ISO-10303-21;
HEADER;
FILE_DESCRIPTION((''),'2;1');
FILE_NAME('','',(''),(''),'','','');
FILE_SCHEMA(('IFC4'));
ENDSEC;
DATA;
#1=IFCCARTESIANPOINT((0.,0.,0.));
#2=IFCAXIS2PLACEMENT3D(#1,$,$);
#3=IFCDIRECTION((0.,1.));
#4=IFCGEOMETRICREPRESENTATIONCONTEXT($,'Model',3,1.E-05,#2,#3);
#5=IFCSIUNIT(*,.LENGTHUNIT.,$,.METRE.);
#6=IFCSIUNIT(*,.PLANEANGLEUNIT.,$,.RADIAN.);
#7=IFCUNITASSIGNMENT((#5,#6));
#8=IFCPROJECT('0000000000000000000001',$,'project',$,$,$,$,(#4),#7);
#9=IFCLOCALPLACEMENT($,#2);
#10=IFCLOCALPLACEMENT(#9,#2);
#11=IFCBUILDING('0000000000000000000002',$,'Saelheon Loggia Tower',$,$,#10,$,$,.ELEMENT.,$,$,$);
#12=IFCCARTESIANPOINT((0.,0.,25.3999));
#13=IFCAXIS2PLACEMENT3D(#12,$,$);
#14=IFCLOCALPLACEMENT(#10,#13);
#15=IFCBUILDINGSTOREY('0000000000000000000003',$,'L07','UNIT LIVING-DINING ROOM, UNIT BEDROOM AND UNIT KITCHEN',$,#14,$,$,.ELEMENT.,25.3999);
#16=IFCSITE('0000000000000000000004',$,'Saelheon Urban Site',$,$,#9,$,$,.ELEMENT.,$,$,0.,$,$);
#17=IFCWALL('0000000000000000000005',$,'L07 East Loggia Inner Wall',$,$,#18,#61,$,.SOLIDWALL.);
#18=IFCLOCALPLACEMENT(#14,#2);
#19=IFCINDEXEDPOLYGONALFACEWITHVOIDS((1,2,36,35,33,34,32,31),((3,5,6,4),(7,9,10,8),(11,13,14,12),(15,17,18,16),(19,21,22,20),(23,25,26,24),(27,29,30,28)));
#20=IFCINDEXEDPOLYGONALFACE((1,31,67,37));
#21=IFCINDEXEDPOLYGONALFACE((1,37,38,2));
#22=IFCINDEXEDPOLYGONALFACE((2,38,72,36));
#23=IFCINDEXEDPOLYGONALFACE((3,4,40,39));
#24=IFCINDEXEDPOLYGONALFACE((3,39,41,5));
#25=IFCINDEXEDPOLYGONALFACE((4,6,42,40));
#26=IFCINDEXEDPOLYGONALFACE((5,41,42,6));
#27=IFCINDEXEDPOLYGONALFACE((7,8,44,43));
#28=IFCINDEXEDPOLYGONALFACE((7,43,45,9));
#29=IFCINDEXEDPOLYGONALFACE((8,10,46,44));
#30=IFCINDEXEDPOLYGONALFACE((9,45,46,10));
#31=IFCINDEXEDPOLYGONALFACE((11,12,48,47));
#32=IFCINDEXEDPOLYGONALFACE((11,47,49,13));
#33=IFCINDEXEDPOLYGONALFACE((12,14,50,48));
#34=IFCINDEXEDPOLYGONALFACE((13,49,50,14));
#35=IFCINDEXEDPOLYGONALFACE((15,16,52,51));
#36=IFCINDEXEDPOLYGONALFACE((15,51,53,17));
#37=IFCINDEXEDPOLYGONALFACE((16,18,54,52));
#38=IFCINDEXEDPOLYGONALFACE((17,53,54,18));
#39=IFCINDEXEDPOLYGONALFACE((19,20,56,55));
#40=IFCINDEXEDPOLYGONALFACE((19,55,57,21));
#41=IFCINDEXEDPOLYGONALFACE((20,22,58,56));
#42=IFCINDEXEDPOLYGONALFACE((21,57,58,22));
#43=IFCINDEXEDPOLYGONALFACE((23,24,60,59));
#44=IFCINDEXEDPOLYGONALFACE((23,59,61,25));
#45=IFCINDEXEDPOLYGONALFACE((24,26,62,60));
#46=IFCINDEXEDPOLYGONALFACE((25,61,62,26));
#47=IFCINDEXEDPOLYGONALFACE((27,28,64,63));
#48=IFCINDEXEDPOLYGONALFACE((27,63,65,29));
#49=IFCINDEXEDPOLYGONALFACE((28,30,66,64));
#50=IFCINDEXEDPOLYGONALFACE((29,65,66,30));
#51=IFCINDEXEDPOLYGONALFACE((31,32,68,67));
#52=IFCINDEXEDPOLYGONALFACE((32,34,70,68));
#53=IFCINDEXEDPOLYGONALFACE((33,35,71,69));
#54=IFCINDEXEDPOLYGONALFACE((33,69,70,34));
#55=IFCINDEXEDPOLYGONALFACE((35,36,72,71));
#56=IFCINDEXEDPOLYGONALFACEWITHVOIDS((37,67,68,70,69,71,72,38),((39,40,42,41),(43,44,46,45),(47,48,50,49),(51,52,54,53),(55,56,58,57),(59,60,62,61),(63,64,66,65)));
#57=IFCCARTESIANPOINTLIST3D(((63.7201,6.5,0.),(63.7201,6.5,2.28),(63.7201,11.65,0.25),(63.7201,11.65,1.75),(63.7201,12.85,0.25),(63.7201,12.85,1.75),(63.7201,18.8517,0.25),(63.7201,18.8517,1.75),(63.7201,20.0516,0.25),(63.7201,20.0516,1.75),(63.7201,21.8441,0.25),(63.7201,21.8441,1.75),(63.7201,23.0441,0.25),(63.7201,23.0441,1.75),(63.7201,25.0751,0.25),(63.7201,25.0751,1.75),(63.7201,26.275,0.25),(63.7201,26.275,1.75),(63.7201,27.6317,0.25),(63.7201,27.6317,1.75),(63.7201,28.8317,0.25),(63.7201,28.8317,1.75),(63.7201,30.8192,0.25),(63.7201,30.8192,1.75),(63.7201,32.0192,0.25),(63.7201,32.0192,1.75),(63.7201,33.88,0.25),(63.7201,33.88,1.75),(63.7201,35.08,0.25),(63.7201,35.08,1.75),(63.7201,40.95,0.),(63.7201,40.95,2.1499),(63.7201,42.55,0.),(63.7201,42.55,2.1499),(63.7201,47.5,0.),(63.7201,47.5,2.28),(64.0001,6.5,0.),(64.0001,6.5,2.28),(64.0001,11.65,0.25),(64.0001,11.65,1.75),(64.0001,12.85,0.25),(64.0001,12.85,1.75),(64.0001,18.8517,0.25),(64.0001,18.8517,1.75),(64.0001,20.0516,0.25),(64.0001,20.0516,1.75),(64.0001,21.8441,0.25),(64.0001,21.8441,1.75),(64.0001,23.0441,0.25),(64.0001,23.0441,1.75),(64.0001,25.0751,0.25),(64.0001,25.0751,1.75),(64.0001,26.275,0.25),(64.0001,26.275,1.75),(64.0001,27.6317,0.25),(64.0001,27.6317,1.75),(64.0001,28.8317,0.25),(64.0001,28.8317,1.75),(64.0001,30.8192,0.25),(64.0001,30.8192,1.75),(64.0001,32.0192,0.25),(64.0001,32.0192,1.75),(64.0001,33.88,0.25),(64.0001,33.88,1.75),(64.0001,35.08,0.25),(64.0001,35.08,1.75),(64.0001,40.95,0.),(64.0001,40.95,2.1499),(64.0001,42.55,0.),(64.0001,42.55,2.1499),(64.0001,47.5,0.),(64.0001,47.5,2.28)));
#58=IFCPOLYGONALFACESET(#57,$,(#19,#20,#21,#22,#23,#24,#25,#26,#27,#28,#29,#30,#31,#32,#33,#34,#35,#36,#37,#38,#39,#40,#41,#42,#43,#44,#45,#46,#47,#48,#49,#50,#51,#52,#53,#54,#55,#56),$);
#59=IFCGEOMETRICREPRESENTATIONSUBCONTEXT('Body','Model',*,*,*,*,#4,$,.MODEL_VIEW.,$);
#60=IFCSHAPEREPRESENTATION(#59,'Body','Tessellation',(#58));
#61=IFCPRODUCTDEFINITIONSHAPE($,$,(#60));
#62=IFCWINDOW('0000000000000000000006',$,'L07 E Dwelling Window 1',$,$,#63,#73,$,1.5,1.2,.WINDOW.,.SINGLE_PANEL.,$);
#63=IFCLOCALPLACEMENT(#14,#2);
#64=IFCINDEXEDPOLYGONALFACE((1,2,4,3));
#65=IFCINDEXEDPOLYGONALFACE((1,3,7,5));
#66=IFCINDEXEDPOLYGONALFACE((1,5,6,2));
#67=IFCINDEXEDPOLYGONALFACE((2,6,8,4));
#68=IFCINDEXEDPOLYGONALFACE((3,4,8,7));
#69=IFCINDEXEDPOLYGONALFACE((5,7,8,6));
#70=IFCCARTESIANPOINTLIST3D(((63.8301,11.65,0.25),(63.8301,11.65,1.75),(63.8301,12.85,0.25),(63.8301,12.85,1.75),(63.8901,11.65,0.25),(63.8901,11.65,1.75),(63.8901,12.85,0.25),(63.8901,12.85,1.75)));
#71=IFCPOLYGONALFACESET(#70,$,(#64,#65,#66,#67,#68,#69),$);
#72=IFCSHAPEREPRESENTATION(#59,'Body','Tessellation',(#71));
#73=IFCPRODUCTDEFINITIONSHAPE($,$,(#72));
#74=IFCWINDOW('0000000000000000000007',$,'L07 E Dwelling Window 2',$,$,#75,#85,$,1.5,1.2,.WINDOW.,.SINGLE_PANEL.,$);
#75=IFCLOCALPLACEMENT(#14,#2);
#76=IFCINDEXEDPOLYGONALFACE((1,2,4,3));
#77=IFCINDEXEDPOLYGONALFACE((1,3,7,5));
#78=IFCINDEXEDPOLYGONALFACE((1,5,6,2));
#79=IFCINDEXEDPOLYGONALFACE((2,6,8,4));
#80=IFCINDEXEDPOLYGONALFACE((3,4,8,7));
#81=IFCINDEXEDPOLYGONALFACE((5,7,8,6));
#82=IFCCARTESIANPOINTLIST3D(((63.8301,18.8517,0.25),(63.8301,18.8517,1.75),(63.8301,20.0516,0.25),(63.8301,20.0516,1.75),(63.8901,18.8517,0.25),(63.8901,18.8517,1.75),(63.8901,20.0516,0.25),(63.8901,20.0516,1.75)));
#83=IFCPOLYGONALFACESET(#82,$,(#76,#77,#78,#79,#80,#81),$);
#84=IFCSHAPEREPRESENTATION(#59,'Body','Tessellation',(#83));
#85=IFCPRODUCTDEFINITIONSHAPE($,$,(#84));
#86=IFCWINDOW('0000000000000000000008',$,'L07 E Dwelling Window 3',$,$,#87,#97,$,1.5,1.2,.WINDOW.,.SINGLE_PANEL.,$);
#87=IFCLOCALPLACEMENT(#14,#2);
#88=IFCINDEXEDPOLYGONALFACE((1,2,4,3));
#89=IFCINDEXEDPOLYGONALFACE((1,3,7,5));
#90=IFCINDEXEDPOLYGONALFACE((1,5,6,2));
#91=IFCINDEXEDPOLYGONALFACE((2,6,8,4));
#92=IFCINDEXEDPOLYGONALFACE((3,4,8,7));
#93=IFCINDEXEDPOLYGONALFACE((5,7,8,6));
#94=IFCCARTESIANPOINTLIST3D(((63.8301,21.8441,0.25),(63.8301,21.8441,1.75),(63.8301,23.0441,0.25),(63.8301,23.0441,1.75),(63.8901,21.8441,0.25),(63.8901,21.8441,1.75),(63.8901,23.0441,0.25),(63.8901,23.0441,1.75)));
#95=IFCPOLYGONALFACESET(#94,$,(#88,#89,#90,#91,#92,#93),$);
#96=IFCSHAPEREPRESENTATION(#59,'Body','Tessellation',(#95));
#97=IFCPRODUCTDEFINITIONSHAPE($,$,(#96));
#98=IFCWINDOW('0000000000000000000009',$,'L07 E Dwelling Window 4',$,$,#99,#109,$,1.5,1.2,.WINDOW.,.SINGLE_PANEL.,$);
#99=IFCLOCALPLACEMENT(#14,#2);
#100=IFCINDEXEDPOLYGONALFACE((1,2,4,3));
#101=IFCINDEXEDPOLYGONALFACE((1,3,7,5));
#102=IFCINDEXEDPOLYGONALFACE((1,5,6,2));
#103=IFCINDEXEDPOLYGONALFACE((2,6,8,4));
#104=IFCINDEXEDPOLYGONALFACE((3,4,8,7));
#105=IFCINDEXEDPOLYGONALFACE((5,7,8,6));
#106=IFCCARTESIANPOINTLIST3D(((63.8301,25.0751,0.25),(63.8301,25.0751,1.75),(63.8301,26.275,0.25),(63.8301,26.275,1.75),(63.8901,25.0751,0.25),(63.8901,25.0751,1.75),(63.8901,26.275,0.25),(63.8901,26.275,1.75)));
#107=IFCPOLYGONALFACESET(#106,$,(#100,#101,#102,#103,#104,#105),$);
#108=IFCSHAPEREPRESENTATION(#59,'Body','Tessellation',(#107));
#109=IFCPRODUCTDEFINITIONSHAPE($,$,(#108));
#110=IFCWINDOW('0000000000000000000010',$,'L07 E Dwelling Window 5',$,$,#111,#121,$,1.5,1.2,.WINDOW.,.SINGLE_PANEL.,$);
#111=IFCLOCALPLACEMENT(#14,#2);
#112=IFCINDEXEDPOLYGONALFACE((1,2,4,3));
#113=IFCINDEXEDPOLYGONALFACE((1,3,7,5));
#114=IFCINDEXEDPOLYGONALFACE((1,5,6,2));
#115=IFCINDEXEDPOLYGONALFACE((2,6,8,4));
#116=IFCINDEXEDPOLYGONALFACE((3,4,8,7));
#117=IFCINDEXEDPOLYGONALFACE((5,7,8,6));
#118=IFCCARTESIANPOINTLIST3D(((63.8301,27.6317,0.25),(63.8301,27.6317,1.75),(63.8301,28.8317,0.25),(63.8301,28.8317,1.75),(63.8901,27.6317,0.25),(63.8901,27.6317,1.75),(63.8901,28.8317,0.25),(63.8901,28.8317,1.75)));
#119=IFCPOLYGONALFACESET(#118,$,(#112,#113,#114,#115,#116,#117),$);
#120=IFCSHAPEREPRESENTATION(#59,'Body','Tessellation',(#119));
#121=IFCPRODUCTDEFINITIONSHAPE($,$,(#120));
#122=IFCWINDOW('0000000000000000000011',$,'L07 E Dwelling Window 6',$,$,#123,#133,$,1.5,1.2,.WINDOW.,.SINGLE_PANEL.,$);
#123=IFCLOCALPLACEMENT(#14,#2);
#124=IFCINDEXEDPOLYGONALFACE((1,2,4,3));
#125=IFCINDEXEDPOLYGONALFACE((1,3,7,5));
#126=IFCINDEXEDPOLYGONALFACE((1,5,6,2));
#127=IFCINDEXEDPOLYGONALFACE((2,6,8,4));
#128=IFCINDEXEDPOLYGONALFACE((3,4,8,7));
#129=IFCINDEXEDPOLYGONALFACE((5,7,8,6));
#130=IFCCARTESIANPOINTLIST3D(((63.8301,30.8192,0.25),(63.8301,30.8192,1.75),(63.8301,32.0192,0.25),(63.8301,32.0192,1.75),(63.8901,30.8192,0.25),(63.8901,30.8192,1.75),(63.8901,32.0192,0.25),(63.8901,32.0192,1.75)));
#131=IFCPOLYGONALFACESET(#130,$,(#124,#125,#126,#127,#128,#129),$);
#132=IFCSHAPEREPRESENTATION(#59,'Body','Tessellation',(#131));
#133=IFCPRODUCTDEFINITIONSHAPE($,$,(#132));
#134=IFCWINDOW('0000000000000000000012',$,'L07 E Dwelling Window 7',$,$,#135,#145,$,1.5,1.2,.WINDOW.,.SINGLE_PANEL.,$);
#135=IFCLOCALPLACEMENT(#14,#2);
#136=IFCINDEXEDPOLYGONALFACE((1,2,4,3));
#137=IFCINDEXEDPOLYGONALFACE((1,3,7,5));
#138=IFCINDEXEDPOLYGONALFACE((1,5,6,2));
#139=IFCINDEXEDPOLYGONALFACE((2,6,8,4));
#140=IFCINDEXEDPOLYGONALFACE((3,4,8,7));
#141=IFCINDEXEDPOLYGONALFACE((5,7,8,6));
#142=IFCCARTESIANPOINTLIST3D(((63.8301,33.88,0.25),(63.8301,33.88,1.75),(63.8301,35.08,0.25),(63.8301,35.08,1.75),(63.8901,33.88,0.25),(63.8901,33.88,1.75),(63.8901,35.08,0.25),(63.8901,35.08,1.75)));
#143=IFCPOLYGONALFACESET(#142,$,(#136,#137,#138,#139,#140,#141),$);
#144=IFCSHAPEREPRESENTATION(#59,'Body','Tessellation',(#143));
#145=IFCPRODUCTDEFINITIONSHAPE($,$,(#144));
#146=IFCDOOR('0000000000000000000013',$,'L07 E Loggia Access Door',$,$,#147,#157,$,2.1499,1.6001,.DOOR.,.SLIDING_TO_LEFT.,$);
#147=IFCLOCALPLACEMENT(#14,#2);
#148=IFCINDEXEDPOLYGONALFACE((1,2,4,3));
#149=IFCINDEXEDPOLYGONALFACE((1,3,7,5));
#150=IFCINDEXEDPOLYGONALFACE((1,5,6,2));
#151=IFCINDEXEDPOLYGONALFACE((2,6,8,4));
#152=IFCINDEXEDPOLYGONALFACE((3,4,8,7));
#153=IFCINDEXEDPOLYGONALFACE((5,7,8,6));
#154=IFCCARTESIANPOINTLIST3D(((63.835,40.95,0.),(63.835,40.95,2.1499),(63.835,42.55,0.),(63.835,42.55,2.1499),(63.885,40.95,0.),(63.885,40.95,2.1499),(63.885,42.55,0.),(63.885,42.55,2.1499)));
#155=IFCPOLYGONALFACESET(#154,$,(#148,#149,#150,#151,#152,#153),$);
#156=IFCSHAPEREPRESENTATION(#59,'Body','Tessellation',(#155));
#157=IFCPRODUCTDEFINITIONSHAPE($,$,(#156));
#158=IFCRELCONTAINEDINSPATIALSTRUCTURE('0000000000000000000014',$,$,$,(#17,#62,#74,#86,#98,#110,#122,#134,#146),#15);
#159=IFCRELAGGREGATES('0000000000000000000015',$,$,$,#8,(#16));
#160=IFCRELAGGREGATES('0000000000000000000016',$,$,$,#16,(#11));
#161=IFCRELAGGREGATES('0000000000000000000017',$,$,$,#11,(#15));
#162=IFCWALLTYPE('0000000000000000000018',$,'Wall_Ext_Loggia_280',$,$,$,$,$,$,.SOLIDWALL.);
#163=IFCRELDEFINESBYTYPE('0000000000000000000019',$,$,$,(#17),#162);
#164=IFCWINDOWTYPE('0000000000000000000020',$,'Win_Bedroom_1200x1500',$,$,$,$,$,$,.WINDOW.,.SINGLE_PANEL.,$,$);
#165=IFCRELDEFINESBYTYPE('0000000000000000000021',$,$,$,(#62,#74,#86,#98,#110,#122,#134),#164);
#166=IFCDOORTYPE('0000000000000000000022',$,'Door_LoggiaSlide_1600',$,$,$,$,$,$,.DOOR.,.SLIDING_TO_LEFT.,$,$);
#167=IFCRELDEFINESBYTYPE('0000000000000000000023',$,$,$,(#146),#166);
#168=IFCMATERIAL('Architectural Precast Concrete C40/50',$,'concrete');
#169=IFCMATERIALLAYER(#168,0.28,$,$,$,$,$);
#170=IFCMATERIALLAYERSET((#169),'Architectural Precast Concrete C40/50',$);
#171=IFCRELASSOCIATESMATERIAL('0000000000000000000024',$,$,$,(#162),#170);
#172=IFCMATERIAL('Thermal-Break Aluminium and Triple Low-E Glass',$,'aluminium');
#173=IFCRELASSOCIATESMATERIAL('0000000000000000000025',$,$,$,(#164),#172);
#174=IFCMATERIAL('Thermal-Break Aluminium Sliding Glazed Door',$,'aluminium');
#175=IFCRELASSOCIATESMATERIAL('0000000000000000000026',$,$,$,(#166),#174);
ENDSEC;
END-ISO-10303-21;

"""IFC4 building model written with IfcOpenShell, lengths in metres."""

from ifc_helpers import new_model, si_unit, direction, frame, frame_2d, origin, place, context, subcontext, project, spatial, rectangle, extrude, source, transform, mapped, material, layer, layer_set, type_object, element, fill, save


model = new_model("IFC4")

# Units and contexts
model_context = context("Model", 3, precision=1e-05, world=origin(), true_north=direction((0.0, 1.0)))
body_context = subcontext(model_context, "Body", "Model", "MODEL_VIEW")
ifc_project = project(units=[si_unit("LENGTHUNIT", "METRE"), si_unit("PLANEANGLEUNIT", "RADIAN")], contexts=[model_context])

# Site, building, storey
site_placement = place(None, origin())
site = spatial("IfcSite", under=ifc_project, at=site_placement, Name="Saelheon Urban Site", CompositionType="ELEMENT", RefElevation=0.0)
building_placement = place(site_placement, origin())
building = spatial("IfcBuilding", under=site, at=building_placement, Name="Saelheon Loggia Tower", CompositionType="ELEMENT")
storey_placement = place(building_placement, frame((0.0, 0.0, 25.3999)))
storey = spatial("IfcBuildingStorey", under=building, at=storey_placement, Name="L07", Description="UNIT LIVING-DINING ROOM, UNIT BEDROOM AND UNIT KITCHEN", CompositionType="ELEMENT", Elevation=25.3999)

# Shared definitions
ifc_material_1 = material(Name="Thermal-Break Aluminium and Triple Low-E Glass", Category="aluminium")

# Wall, openings, windows, door
ifc_material_2 = material(Name="Architectural Precast Concrete C40/50", Category="concrete")
ifc_layer_1 = layer(ifc_material_2, 0.28)
ifc_layer_set_1 = layer_set([ifc_layer_1], Name="Architectural Precast Concrete C40/50")
wall_type_1 = type_object("IfcWallType", Name="Wall_Ext_Loggia_280", PredefinedType="SOLIDWALL", material=ifc_layer_set_1)
wall_1_placement = place(storey_placement, frame((63.8601, 6.5, 0.0), z_axis=(0.0, 0.0, 1.0), x_axis=(0.0, 1.0, 0.0)))
wall_1 = element("IfcWall", 1, at=wall_1_placement, inside=storey, type_object=wall_type_1, Name="L07 East Loggia Inner Wall", PredefinedType="SOLIDWALL", context=body_context, shape_type="SweptSolid", body=[
    extrude(rectangle(XDim=41.0, YDim=0.28, at=frame_2d((20.5, 0.0))), origin(), (0.0, 0.0, 1.0), 2.28),
])
opening_1_placement = place(wall_1_placement, frame((5.1499, 0.0, 0.25)))
opening_1 = element("IfcOpeningElement", 2, at=opening_1_placement, cuts=wall_1, PredefinedType="OPENING", context=body_context, shape_type="SweptSolid", body=[
    extrude(rectangle(XDim=1.2, YDim=1.5, at=frame_2d((0.6001, 0.75))), frame((0.0, 0.1521, 0.0), z_axis=(0.0, -1.0, 0.0), x_axis=(1.0, 0.0, 0.0)), (0.0, 0.0, 1.0), 0.304),
])
opening_2_placement = place(wall_1_placement, frame((12.3516, 0.0, 0.25)))
opening_2 = element("IfcOpeningElement", 3, at=opening_2_placement, cuts=wall_1, PredefinedType="OPENING", context=body_context, shape_type="SweptSolid", body=[
    extrude(rectangle(XDim=1.2, YDim=1.5, at=frame_2d((0.6001, 0.75))), frame((0.0, 0.1521, 0.0), z_axis=(0.0, -1.0, 0.0), x_axis=(1.0, 0.0, 0.0)), (0.0, 0.0, 1.0), 0.304),
])
opening_3_placement = place(wall_1_placement, frame((15.344, 0.0, 0.25)))
opening_3 = element("IfcOpeningElement", 4, at=opening_3_placement, cuts=wall_1, PredefinedType="OPENING", context=body_context, shape_type="SweptSolid", body=[
    extrude(rectangle(XDim=1.2, YDim=1.5, at=frame_2d((0.6001, 0.75))), frame((0.0, 0.1521, 0.0), z_axis=(0.0, -1.0, 0.0), x_axis=(1.0, 0.0, 0.0)), (0.0, 0.0, 1.0), 0.304),
])
opening_4_placement = place(wall_1_placement, frame((18.575, 0.0, 0.25)))
opening_4 = element("IfcOpeningElement", 5, at=opening_4_placement, cuts=wall_1, PredefinedType="OPENING", context=body_context, shape_type="SweptSolid", body=[
    extrude(rectangle(XDim=1.2, YDim=1.5, at=frame_2d((0.6001, 0.75))), frame((0.0, 0.1521, 0.0), z_axis=(0.0, -1.0, 0.0), x_axis=(1.0, 0.0, 0.0)), (0.0, 0.0, 1.0), 0.304),
])
opening_5_placement = place(wall_1_placement, frame((21.1316, 0.0, 0.25)))
opening_5 = element("IfcOpeningElement", 6, at=opening_5_placement, cuts=wall_1, PredefinedType="OPENING", context=body_context, shape_type="SweptSolid", body=[
    extrude(rectangle(XDim=1.2, YDim=1.5, at=frame_2d((0.6001, 0.75))), frame((0.0, 0.1521, 0.0), z_axis=(0.0, -1.0, 0.0), x_axis=(1.0, 0.0, 0.0)), (0.0, 0.0, 1.0), 0.304),
])
opening_6_placement = place(wall_1_placement, frame((24.3191, 0.0, 0.25)))
opening_6 = element("IfcOpeningElement", 7, at=opening_6_placement, cuts=wall_1, PredefinedType="OPENING", context=body_context, shape_type="SweptSolid", body=[
    extrude(rectangle(XDim=1.2, YDim=1.5, at=frame_2d((0.6001, 0.75))), frame((0.0, 0.1521, 0.0), z_axis=(0.0, -1.0, 0.0), x_axis=(1.0, 0.0, 0.0)), (0.0, 0.0, 1.0), 0.304),
])
opening_7_placement = place(wall_1_placement, frame((27.3799, 0.0, 0.25)))
opening_7 = element("IfcOpeningElement", 8, at=opening_7_placement, cuts=wall_1, PredefinedType="OPENING", context=body_context, shape_type="SweptSolid", body=[
    extrude(rectangle(XDim=1.2, YDim=1.5, at=frame_2d((0.6001, 0.75))), frame((0.0, 0.1521, 0.0), z_axis=(0.0, -1.0, 0.0), x_axis=(1.0, 0.0, 0.0)), (0.0, 0.0, 1.0), 0.304),
])
opening_8_placement = place(wall_1_placement, frame((36.05, 0.0, 0.0), z_axis=(0.0, 0.0, 1.0), x_axis=(-1.0, 0.0, 0.0)))
opening_8 = element("IfcOpeningElement", 9, at=opening_8_placement, cuts=wall_1, PredefinedType="OPENING", context=body_context, shape_type="SweptSolid", body=[
    extrude(rectangle(XDim=1.6001, YDim=2.1499, at=frame_2d((0.8, 1.075))), frame((0.0, 0.1521, 0.0), z_axis=(0.0, -1.0, 0.0), x_axis=(1.0, 0.0, 0.0)), (0.0, 0.0, 1.0), 0.304),
])
window_type = type_object("IfcWindowType", Name="Win_Bedroom_1200x1500", PartitioningType="SINGLE_PANEL", PredefinedType="WINDOW", material=ifc_material_1)
shared_shape_1 = source(origin(), body_context, "Body", "SweptSolid", [
    extrude(rectangle(XDim=1.2, YDim=1.5, at=frame_2d((0.6001, 0.75))), frame((0.0, 0.03, 0.0), z_axis=(0.0, -1.0, 0.0), x_axis=(1.0, 0.0, 0.0)), (0.0, 0.0, 1.0), 0.0601),
])
window_1_placement = place(opening_1_placement, origin())
window_1 = element("IfcWindow", 10, at=window_1_placement, inside=storey, type_object=window_type, Name="L07 E Dwelling Window 1", OverallHeight=1.5, OverallWidth=1.2, PartitioningType="SINGLE_PANEL", PredefinedType="WINDOW", context=body_context, shape_type="MappedRepresentation", body=[
    mapped(shared_shape_1, transform((0.0, 0.0, 0.0), scale=1.0)),
])
fill(opening_1, window_1)
window_2_placement = place(opening_2_placement, origin())
window_2 = element("IfcWindow", 11, at=window_2_placement, inside=storey, type_object=window_type, Name="L07 E Dwelling Window 2", OverallHeight=1.5, OverallWidth=1.2, PartitioningType="SINGLE_PANEL", PredefinedType="WINDOW", context=body_context, shape_type="MappedRepresentation", body=[
    mapped(shared_shape_1, transform((0.0, 0.0, 0.0), scale=1.0)),
])
fill(opening_2, window_2)
window_3_placement = place(opening_3_placement, origin())
window_3 = element("IfcWindow", 12, at=window_3_placement, inside=storey, type_object=window_type, Name="L07 E Dwelling Window 3", OverallHeight=1.5, OverallWidth=1.2, PartitioningType="SINGLE_PANEL", PredefinedType="WINDOW", context=body_context, shape_type="MappedRepresentation", body=[
    mapped(shared_shape_1, transform((0.0, 0.0, 0.0), scale=1.0)),
])
fill(opening_3, window_3)
window_4_placement = place(opening_4_placement, origin())
window_4 = element("IfcWindow", 13, at=window_4_placement, inside=storey, type_object=window_type, Name="L07 E Dwelling Window 4", OverallHeight=1.5, OverallWidth=1.2, PartitioningType="SINGLE_PANEL", PredefinedType="WINDOW", context=body_context, shape_type="MappedRepresentation", body=[
    mapped(shared_shape_1, transform((0.0, 0.0, 0.0), scale=1.0)),
])
fill(opening_4, window_4)
window_5_placement = place(opening_5_placement, origin())
window_5 = element("IfcWindow", 14, at=window_5_placement, inside=storey, type_object=window_type, Name="L07 E Dwelling Window 5", OverallHeight=1.5, OverallWidth=1.2, PartitioningType="SINGLE_PANEL", PredefinedType="WINDOW", context=body_context, shape_type="MappedRepresentation", body=[
    mapped(shared_shape_1, transform((0.0, 0.0, 0.0), scale=1.0)),
])
fill(opening_5, window_5)
window_6_placement = place(opening_6_placement, origin())
window_6 = element("IfcWindow", 15, at=window_6_placement, inside=storey, type_object=window_type, Name="L07 E Dwelling Window 6", OverallHeight=1.5, OverallWidth=1.2, PartitioningType="SINGLE_PANEL", PredefinedType="WINDOW", context=body_context, shape_type="MappedRepresentation", body=[
    mapped(shared_shape_1, transform((0.0, 0.0, 0.0), scale=1.0)),
])
fill(opening_6, window_6)
window_7_placement = place(opening_7_placement, origin())
window_7 = element("IfcWindow", 16, at=window_7_placement, inside=storey, type_object=window_type, Name="L07 E Dwelling Window 7", OverallHeight=1.5, OverallWidth=1.2, PartitioningType="SINGLE_PANEL", PredefinedType="WINDOW", context=body_context, shape_type="MappedRepresentation", body=[
    mapped(shared_shape_1, transform((0.0, 0.0, 0.0), scale=1.0)),
])
fill(opening_7, window_7)
ifc_material_3 = material(Name="Thermal-Break Aluminium Sliding Glazed Door", Category="aluminium")
door_type_1 = type_object("IfcDoorType", Name="Door_LoggiaSlide_1600", OperationType="SLIDING_TO_LEFT", PredefinedType="DOOR", material=ifc_material_3)
shared_shape_2 = source(origin(), body_context, "Body", "SweptSolid", [
    extrude(rectangle(XDim=1.6001, YDim=2.1499, at=frame_2d((0.8, 1.075))), frame((0.0, 0.0249, 0.0), z_axis=(0.0, -1.0, 0.0), x_axis=(1.0, 0.0, 0.0)), (0.0, 0.0, 1.0), 0.05),
])
door_1_placement = place(opening_8_placement, origin())
door_1 = element("IfcDoor", 17, at=door_1_placement, inside=storey, type_object=door_type_1, Name="L07 E Loggia Access Door", OperationType="SLIDING_TO_LEFT", OverallHeight=2.1499, OverallWidth=1.6001, PredefinedType="DOOR", context=body_context, shape_type="MappedRepresentation", body=[
    mapped(shared_shape_2, transform((0.0, 0.0, 0.0), scale=1.0)),
])
fill(opening_8, door_1)

save(model, "model.ifc")
